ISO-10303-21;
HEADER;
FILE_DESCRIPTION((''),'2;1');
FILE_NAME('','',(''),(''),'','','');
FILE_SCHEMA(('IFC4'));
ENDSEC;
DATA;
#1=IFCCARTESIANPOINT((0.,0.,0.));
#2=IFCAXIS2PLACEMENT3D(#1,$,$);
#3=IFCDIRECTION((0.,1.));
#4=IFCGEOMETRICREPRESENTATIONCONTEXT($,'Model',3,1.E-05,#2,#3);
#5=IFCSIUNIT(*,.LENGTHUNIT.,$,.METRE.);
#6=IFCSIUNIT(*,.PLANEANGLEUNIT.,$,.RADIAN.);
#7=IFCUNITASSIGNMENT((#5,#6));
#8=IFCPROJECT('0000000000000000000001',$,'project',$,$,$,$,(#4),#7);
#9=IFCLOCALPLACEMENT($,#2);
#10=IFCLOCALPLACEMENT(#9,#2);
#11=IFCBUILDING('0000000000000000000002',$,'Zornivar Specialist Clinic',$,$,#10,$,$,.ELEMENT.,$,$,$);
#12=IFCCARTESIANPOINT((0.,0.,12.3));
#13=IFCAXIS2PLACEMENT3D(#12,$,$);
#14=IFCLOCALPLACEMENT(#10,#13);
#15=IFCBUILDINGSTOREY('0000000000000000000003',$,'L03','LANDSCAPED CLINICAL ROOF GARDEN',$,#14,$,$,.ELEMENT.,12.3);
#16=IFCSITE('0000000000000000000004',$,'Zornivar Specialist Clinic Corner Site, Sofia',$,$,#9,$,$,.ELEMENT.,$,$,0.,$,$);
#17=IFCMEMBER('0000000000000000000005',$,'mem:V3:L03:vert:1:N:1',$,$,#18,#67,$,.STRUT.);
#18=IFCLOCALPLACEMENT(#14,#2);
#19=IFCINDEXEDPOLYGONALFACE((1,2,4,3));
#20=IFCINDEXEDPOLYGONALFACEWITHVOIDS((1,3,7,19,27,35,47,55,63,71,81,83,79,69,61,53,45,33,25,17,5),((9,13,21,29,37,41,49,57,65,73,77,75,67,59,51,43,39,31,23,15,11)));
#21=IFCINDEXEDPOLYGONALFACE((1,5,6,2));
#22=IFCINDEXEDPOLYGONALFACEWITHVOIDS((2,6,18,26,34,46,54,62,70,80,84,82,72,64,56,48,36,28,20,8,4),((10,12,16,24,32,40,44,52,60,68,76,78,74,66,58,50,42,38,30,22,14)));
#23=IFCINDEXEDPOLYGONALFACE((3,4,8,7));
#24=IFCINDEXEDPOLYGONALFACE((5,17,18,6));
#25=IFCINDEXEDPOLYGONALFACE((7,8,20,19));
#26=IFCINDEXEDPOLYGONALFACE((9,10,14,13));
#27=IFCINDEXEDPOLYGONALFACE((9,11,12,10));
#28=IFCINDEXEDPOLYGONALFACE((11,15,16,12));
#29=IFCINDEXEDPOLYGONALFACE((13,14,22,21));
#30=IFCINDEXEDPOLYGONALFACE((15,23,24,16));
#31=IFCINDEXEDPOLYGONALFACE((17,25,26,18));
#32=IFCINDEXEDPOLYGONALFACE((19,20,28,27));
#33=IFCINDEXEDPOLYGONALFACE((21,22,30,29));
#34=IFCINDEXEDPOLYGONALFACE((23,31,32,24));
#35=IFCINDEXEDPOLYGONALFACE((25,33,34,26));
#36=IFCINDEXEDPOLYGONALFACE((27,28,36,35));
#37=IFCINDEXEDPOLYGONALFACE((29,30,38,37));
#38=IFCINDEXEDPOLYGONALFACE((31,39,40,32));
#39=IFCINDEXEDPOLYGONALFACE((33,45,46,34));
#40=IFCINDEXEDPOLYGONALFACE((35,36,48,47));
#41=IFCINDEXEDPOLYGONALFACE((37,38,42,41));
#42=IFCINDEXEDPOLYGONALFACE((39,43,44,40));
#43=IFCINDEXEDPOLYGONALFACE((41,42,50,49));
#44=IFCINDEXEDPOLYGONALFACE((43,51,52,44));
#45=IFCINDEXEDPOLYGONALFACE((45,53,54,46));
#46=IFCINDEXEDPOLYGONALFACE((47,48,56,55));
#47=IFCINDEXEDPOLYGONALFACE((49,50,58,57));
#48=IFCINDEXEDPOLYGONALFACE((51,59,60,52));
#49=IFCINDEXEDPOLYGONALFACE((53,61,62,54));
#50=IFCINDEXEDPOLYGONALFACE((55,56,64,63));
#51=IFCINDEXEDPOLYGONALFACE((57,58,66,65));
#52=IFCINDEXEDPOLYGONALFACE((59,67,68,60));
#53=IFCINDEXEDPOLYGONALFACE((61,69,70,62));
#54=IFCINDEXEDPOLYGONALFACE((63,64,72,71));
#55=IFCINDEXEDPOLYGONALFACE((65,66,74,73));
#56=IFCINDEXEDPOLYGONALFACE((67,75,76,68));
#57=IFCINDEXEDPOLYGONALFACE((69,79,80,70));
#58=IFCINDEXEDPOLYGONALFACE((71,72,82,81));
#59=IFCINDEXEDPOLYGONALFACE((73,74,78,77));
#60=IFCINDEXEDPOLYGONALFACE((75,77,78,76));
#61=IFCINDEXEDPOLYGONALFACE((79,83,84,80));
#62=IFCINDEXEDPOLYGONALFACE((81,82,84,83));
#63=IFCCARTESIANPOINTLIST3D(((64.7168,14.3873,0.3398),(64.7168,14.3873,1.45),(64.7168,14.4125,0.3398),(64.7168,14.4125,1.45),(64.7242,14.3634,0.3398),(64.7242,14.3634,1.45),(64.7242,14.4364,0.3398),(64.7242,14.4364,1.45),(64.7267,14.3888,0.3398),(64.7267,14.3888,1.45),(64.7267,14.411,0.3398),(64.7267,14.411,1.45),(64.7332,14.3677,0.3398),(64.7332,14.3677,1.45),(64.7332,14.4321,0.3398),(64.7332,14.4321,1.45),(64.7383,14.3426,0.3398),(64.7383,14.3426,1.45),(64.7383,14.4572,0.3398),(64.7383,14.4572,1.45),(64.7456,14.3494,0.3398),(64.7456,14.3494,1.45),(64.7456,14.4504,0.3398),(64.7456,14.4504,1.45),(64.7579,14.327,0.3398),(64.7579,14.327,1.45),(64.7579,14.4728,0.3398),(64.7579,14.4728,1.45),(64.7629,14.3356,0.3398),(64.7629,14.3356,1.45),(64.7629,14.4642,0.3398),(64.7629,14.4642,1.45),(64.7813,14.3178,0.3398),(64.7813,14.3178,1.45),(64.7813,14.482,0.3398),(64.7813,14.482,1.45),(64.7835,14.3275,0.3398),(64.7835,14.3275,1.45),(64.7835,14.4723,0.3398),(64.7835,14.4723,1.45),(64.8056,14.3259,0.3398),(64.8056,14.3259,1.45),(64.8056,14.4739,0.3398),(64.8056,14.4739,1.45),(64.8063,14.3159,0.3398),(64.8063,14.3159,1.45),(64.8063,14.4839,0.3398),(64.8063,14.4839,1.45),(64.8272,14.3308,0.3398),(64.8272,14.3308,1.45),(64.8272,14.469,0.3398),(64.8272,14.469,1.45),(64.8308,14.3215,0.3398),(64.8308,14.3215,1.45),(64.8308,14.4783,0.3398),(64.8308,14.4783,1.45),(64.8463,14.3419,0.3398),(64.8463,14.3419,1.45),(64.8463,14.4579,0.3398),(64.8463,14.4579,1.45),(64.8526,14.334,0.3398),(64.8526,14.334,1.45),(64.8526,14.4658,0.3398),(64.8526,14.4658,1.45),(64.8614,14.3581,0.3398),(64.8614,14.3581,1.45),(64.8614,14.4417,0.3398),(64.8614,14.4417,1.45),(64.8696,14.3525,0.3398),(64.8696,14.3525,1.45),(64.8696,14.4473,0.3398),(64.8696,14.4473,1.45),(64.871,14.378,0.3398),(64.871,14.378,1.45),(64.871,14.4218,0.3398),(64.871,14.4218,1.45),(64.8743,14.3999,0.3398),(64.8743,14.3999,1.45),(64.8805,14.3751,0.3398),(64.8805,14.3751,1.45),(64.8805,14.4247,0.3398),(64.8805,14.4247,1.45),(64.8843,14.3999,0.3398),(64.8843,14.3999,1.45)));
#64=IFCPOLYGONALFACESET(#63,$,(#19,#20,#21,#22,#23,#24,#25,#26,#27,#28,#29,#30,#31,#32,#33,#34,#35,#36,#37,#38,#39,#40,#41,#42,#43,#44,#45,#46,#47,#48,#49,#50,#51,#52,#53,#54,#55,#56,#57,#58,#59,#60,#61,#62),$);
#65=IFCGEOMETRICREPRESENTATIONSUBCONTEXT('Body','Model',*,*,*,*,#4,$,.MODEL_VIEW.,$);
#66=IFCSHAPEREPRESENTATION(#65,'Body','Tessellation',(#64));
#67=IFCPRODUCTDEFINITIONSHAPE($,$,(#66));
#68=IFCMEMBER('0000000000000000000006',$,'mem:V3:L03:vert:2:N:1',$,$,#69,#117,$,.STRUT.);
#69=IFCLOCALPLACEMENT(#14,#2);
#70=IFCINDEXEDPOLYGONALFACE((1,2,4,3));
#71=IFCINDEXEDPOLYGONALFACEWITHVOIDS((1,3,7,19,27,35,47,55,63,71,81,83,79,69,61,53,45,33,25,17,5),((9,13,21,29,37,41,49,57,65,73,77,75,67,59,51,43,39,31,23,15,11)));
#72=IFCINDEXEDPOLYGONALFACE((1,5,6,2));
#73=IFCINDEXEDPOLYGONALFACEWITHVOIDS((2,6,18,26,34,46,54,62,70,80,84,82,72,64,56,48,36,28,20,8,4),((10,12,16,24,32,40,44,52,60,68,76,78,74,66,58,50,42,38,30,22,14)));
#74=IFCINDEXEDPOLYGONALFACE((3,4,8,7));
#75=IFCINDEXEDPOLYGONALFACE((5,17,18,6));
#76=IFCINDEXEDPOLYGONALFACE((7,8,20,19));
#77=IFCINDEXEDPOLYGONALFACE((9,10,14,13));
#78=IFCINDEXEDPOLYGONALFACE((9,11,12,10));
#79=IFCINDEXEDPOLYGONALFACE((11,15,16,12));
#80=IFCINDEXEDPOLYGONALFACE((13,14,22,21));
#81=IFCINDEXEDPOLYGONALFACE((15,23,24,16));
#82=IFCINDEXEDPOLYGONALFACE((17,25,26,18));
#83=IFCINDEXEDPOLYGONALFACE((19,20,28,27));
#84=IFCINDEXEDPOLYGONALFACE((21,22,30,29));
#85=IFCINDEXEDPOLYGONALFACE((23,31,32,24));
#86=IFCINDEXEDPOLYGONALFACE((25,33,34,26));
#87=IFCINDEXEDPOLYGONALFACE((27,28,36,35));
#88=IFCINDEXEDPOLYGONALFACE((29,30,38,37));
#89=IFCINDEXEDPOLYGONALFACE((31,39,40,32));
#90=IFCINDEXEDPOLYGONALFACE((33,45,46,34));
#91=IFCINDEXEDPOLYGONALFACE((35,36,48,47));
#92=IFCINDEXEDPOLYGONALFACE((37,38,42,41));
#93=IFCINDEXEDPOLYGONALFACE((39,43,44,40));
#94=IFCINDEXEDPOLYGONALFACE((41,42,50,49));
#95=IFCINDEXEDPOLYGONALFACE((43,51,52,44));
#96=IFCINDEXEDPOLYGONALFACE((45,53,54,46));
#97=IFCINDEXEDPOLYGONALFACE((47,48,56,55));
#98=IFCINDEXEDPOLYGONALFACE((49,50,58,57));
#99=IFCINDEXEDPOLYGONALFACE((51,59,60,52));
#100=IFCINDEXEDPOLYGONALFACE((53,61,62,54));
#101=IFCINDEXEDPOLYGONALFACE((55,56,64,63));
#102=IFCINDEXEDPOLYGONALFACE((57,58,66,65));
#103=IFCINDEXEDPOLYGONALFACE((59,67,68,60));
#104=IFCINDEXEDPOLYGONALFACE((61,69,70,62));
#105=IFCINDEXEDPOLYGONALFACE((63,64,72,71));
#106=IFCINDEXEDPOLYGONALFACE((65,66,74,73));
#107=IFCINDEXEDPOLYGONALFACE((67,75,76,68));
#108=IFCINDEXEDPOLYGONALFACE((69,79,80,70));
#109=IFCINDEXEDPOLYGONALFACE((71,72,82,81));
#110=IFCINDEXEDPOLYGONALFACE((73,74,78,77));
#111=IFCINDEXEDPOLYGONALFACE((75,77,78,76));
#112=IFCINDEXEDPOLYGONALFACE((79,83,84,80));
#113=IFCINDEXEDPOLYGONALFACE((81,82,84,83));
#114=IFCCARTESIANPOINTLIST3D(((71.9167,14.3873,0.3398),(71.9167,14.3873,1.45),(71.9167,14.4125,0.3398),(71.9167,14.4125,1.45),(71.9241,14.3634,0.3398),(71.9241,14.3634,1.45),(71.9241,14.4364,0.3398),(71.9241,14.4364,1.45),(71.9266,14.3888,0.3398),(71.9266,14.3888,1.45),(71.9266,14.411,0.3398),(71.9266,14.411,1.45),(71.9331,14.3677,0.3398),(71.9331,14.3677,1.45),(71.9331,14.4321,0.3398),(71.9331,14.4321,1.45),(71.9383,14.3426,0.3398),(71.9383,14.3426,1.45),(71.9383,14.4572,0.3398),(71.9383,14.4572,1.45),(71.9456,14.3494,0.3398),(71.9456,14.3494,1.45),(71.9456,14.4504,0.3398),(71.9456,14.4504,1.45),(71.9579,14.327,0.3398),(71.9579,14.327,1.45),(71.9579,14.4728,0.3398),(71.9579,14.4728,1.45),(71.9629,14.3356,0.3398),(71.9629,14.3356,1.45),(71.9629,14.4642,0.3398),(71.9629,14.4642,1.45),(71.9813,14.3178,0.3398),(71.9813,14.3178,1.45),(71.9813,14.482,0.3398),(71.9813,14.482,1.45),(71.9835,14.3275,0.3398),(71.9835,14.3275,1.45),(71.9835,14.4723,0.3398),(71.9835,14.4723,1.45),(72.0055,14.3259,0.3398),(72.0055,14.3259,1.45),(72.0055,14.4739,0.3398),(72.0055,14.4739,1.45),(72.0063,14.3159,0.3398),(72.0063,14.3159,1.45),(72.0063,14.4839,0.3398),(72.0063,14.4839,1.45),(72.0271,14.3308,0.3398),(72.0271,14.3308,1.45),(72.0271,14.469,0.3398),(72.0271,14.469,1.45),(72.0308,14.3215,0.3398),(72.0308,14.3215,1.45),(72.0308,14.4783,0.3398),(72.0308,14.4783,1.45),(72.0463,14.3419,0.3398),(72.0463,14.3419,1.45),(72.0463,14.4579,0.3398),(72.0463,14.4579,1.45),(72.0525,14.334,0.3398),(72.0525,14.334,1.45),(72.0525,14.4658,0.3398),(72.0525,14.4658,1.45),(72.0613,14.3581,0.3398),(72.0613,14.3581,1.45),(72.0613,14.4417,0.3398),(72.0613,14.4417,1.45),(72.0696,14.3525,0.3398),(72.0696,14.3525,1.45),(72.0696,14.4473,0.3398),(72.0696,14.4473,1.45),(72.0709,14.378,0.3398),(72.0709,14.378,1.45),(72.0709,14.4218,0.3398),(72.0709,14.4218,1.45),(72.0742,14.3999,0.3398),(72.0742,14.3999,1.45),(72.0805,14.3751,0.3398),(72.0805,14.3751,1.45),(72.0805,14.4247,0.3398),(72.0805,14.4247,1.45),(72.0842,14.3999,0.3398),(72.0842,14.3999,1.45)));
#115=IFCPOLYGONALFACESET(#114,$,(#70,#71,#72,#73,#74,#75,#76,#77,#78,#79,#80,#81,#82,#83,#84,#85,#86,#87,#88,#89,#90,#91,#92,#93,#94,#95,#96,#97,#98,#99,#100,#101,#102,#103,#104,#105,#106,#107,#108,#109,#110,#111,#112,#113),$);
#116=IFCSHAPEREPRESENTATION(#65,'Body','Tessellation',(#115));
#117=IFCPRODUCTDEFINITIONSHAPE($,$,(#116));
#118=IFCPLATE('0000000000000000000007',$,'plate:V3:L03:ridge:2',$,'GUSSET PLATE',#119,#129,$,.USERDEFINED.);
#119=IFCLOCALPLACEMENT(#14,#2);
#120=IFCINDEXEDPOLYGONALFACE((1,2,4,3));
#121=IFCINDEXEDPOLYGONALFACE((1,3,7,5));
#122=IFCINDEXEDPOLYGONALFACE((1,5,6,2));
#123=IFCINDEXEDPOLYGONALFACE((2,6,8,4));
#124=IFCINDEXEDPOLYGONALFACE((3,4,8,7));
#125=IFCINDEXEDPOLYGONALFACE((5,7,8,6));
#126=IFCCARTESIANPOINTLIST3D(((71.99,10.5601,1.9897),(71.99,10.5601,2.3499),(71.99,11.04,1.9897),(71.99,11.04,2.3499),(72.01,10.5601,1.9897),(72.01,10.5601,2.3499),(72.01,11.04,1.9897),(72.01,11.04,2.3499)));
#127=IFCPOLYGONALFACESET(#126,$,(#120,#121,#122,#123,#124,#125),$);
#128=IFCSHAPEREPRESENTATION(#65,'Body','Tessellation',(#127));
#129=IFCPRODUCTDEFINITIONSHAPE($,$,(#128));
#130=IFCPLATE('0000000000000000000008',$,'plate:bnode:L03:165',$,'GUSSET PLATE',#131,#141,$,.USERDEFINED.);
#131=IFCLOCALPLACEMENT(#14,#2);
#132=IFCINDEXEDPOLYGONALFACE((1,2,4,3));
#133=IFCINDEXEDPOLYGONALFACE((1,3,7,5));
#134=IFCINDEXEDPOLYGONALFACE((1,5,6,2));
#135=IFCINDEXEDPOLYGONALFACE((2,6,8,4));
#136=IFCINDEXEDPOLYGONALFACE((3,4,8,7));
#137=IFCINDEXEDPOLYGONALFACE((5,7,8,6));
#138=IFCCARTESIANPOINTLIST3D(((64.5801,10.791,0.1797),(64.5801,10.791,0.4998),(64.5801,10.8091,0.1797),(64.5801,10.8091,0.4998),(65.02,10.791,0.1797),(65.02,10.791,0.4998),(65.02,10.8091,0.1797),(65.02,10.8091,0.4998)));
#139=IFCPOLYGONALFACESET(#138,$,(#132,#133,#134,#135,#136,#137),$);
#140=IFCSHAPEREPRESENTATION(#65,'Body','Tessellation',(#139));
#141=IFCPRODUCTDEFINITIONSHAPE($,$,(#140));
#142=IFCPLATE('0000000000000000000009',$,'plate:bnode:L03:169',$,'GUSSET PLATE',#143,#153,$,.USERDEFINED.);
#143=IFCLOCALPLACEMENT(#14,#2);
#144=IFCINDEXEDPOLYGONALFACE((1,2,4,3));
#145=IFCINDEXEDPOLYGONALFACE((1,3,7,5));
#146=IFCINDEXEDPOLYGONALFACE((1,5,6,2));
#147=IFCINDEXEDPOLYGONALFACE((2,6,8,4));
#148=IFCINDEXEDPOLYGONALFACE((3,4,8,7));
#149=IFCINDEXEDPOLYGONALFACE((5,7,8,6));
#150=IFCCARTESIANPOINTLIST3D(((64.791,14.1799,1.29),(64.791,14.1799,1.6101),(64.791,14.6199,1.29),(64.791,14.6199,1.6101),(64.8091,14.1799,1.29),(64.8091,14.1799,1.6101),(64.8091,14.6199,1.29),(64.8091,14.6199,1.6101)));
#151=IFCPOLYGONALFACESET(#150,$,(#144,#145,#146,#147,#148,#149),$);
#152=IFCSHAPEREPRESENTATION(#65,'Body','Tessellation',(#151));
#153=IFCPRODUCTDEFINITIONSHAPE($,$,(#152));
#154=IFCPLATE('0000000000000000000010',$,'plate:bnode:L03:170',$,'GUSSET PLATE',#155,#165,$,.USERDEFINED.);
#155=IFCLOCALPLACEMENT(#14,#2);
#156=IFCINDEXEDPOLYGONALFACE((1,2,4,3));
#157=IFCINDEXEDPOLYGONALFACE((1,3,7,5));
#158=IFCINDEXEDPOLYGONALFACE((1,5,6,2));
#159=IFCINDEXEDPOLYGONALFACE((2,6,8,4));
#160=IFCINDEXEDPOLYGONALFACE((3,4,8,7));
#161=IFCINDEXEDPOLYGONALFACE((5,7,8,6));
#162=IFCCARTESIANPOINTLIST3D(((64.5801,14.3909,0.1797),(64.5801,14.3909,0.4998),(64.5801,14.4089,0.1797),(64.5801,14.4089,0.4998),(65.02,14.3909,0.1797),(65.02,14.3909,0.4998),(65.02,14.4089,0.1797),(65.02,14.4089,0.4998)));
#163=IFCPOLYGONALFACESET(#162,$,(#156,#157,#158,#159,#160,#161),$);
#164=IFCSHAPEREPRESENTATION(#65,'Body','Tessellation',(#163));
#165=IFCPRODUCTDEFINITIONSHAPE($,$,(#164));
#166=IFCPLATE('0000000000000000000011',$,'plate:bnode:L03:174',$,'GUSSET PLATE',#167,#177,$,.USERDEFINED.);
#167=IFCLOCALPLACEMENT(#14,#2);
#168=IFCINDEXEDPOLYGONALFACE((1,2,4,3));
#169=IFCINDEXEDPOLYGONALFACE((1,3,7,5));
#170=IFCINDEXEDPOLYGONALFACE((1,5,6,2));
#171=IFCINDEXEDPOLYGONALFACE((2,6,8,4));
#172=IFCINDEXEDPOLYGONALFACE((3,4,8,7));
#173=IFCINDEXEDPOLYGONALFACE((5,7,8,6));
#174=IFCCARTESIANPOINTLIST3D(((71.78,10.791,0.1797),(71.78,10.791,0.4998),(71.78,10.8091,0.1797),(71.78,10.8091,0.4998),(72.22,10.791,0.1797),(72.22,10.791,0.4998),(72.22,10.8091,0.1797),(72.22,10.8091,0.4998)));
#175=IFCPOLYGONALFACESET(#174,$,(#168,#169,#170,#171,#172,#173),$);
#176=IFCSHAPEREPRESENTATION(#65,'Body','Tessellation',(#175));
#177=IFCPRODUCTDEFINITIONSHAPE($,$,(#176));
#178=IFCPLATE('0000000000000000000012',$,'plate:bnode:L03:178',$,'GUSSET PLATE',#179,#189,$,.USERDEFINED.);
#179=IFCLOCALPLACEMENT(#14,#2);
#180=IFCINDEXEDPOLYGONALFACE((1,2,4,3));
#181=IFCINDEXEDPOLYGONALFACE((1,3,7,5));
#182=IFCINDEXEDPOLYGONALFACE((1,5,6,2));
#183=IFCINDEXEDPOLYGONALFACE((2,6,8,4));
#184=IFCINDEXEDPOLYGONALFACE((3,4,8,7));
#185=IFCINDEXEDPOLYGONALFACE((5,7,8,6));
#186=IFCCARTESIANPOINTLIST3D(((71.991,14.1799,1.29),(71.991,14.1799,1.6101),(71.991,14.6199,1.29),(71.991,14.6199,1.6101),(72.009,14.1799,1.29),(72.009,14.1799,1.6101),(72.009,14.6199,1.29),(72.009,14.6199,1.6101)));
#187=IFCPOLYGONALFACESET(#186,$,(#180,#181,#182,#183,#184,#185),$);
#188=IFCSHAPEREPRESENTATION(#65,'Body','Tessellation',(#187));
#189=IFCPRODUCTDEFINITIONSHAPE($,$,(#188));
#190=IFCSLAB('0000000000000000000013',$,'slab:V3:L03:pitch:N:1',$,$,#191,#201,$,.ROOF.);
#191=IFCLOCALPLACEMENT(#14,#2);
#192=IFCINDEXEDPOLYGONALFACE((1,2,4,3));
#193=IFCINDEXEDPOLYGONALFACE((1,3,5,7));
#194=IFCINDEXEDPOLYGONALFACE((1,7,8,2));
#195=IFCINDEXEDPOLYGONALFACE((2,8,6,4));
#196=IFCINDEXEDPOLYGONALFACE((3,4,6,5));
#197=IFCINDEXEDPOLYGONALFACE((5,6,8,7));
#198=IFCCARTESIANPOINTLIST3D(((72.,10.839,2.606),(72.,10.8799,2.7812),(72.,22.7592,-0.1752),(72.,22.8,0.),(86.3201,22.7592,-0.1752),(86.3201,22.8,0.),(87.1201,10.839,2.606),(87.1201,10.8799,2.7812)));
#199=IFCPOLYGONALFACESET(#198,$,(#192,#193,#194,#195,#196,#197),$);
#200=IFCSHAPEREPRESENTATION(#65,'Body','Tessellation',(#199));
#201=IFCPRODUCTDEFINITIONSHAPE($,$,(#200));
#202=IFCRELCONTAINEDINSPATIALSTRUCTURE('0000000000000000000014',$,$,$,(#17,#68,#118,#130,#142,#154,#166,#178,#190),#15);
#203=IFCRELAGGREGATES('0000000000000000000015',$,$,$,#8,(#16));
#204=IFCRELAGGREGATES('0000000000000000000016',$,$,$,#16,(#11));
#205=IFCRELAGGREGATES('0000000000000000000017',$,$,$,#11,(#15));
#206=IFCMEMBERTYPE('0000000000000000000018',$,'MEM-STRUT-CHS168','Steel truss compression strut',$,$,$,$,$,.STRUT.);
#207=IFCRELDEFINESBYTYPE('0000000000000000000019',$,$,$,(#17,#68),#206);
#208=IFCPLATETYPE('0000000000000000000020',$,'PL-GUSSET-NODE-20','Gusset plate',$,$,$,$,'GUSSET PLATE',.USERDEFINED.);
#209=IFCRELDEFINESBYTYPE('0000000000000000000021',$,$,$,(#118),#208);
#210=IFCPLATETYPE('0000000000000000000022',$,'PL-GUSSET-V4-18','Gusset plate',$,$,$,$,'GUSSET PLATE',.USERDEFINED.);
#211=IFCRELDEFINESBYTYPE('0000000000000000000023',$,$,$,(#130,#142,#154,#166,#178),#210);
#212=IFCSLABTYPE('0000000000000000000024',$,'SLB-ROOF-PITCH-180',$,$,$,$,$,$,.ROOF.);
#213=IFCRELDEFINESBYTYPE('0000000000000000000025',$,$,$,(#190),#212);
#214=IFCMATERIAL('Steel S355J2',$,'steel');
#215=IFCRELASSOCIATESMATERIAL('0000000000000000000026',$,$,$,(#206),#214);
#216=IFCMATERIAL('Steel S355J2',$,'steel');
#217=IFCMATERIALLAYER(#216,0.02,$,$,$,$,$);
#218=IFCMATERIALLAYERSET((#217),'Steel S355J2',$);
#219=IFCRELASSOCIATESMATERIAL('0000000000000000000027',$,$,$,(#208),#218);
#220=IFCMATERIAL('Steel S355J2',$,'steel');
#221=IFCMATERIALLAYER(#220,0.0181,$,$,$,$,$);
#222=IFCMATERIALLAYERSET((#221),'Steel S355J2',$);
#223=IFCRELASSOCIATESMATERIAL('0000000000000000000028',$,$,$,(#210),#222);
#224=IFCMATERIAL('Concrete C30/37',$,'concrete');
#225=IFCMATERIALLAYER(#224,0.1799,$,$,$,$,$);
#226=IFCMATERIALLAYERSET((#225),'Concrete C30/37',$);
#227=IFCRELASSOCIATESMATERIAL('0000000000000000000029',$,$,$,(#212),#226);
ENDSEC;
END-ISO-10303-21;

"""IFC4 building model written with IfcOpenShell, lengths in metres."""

from ifc_helpers import new_model, si_unit, direction, frame, origin, origin_2d, place, context, subcontext, project, spatial, polyline, rectangle, hollow_circle, outline, extrude, material, layer, layer_set, material_profile, profile_set, type_object, element, save


model = new_model("IFC4")

# Units and contexts
model_context = context("Model", 3, precision=1e-05, world=origin(), true_north=direction((0.0, 1.0)))
body_context = subcontext(model_context, "Body", "Model", "MODEL_VIEW")
ifc_project = project(units=[si_unit("LENGTHUNIT", "METRE"), si_unit("PLANEANGLEUNIT", "RADIAN")], contexts=[model_context])

# Site, building, storey
site_placement = place(None, origin())
site = spatial("IfcSite", under=ifc_project, at=site_placement, Name="Zornivar Specialist Clinic Corner Site, Sofia", CompositionType="ELEMENT", RefElevation=0.0)
building_placement = place(site_placement, origin())
building = spatial("IfcBuilding", under=site, at=building_placement, Name="Zornivar Specialist Clinic", CompositionType="ELEMENT")
storey_placement = place(building_placement, frame((0.0, 0.0, 12.3)))
storey = spatial("IfcBuildingStorey", under=building, at=storey_placement, Name="L03", Description="LANDSCAPED CLINICAL ROOF GARDEN", CompositionType="ELEMENT", Elevation=12.3)

# Members
ifc_material_1 = material(Name="Steel S355J2", Category="steel")
ifc_material_profile_1 = material_profile(ifc_material_1, hollow_circle(Radius=0.0842, WallThickness=0.01, at=origin_2d()), Name="CHS 168.3x10")
ifc_profile_set_1 = profile_set([ifc_material_profile_1], Name="Steel S355J2")
member_type_1 = type_object("IfcMemberType", Name="MEM-STRUT-CHS168", Description="Steel truss compression strut", PredefinedType="STRUT", material=ifc_profile_set_1)
for number, where, z_axis, x_axis, name in (
    (1, (64.8, 14.3999, 0.3398), (0.0, 0.0, 1.0), (1.0, 0.0, 0.0), "mem:V3:L03:vert:1:N:1"),
    (2, (72.0, 14.3999, 0.3398), (0.0, 0.0, 1.0), (1.0, 0.0, 0.0), "mem:V3:L03:vert:2:N:1"),
):
    element("IfcMember", number, at=place(storey_placement, frame(where, z_axis=z_axis, x_axis=x_axis)), inside=storey, type_object=member_type_1, Name=name, PredefinedType="STRUT", context=body_context, shape_type="SweptSolid", body=[
        extrude(hollow_circle(Radius=0.0842, WallThickness=0.01, at=origin_2d()), origin(), (0.0, 0.0, 1.0), 1.1101),
    ])

# Plates
ifc_material_2 = material(Name="Steel S355J2", Category="steel")
ifc_layer_1 = layer(ifc_material_2, 0.02)
ifc_layer_set_1 = layer_set([ifc_layer_1], Name="Steel S355J2")
plate_type_1 = type_object("IfcPlateType", Name="PL-GUSSET-NODE-20", Description="Gusset plate", ElementType="GUSSET PLATE", PredefinedType="USERDEFINED", material=ifc_layer_set_1)
plate_placement = place(storey_placement, frame((72.0, 10.8, 1.9897), z_axis=(0.0, 0.0, 1.0), x_axis=(1.0, 0.0, 0.0)))
element("IfcPlate", 3, at=plate_placement, inside=storey, type_object=plate_type_1, Name="plate:V3:L03:ridge:2", ObjectType="GUSSET PLATE", PredefinedType="USERDEFINED", context=body_context, shape_type="SweptSolid", body=[
    extrude(rectangle(XDim=0.02, YDim=0.48, at=origin_2d()), origin(), (0.0, 0.0, 1.0), 0.3601),
])
ifc_material_3 = material(Name="Steel S355J2", Category="steel")
ifc_layer_2 = layer(ifc_material_3, 0.0181)
ifc_layer_set_2 = layer_set([ifc_layer_2], Name="Steel S355J2")
plate_type_2 = type_object("IfcPlateType", Name="PL-GUSSET-V4-18", Description="Gusset plate", ElementType="GUSSET PLATE", PredefinedType="USERDEFINED", material=ifc_layer_set_2)
for number, where, z_axis, x_axis, name in (
    (4, (64.8, 10.8, 0.1797), (0.0, 0.0, 1.0), (1.0, 0.0, 0.0), "plate:bnode:L03:165"),
    (5, (64.8, 14.3999, 1.29), (0.0, 0.0, 1.0), (0.0, 1.0, 0.0), "plate:bnode:L03:169"),
    (6, (64.8, 14.3999, 0.1797), (0.0, 0.0, 1.0), (1.0, 0.0, 0.0), "plate:bnode:L03:170"),
    (7, (72.0, 10.8, 0.1797), (0.0, 0.0, 1.0), (1.0, 0.0, 0.0), "plate:bnode:L03:174"),
    (8, (72.0, 14.3999, 1.29), (0.0, 0.0, 1.0), (0.0, 1.0, 0.0), "plate:bnode:L03:178"),
):
    element("IfcPlate", number, at=place(storey_placement, frame(where, z_axis=z_axis, x_axis=x_axis)), inside=storey, type_object=plate_type_2, Name=name, ObjectType="GUSSET PLATE", PredefinedType="USERDEFINED", context=body_context, shape_type="SweptSolid", body=[
        extrude(rectangle(XDim=0.4399, YDim=0.0181, at=origin_2d()), origin(), (0.0, 0.0, 1.0), 0.3201),
    ])

# Slab
ifc_material_4 = material(Name="Concrete C30/37", Category="concrete")
ifc_layer_3 = layer(ifc_material_4, 0.1799)
ifc_layer_set_3 = layer_set([ifc_layer_3], Name="Concrete C30/37")
slab_type = type_object("IfcSlabType", Name="SLB-ROOF-PITCH-180", PredefinedType="ROOF", material=ifc_layer_set_3)
slab_placement = place(storey_placement, frame((72.0, 10.8799, 2.7812), z_axis=(0.0, 0.22722, 0.973843), x_axis=(1.0, 0.0, 0.0)))
element("IfcSlab", 9, at=slab_placement, inside=storey, type_object=slab_type, Name="slab:V3:L03:pitch:N:1", PredefinedType="ROOF", context=body_context, shape_type="SweptSolid", body=[
    extrude(outline(polyline([(0.0, 0.0), (15.1201, 0.0), (14.3201, 12.2403), (0.0, 12.2403), (0.0, 0.0)])), origin(), (0.0, 0.0, -1.0), 0.1799),
])

save(model, "model.ifc")
